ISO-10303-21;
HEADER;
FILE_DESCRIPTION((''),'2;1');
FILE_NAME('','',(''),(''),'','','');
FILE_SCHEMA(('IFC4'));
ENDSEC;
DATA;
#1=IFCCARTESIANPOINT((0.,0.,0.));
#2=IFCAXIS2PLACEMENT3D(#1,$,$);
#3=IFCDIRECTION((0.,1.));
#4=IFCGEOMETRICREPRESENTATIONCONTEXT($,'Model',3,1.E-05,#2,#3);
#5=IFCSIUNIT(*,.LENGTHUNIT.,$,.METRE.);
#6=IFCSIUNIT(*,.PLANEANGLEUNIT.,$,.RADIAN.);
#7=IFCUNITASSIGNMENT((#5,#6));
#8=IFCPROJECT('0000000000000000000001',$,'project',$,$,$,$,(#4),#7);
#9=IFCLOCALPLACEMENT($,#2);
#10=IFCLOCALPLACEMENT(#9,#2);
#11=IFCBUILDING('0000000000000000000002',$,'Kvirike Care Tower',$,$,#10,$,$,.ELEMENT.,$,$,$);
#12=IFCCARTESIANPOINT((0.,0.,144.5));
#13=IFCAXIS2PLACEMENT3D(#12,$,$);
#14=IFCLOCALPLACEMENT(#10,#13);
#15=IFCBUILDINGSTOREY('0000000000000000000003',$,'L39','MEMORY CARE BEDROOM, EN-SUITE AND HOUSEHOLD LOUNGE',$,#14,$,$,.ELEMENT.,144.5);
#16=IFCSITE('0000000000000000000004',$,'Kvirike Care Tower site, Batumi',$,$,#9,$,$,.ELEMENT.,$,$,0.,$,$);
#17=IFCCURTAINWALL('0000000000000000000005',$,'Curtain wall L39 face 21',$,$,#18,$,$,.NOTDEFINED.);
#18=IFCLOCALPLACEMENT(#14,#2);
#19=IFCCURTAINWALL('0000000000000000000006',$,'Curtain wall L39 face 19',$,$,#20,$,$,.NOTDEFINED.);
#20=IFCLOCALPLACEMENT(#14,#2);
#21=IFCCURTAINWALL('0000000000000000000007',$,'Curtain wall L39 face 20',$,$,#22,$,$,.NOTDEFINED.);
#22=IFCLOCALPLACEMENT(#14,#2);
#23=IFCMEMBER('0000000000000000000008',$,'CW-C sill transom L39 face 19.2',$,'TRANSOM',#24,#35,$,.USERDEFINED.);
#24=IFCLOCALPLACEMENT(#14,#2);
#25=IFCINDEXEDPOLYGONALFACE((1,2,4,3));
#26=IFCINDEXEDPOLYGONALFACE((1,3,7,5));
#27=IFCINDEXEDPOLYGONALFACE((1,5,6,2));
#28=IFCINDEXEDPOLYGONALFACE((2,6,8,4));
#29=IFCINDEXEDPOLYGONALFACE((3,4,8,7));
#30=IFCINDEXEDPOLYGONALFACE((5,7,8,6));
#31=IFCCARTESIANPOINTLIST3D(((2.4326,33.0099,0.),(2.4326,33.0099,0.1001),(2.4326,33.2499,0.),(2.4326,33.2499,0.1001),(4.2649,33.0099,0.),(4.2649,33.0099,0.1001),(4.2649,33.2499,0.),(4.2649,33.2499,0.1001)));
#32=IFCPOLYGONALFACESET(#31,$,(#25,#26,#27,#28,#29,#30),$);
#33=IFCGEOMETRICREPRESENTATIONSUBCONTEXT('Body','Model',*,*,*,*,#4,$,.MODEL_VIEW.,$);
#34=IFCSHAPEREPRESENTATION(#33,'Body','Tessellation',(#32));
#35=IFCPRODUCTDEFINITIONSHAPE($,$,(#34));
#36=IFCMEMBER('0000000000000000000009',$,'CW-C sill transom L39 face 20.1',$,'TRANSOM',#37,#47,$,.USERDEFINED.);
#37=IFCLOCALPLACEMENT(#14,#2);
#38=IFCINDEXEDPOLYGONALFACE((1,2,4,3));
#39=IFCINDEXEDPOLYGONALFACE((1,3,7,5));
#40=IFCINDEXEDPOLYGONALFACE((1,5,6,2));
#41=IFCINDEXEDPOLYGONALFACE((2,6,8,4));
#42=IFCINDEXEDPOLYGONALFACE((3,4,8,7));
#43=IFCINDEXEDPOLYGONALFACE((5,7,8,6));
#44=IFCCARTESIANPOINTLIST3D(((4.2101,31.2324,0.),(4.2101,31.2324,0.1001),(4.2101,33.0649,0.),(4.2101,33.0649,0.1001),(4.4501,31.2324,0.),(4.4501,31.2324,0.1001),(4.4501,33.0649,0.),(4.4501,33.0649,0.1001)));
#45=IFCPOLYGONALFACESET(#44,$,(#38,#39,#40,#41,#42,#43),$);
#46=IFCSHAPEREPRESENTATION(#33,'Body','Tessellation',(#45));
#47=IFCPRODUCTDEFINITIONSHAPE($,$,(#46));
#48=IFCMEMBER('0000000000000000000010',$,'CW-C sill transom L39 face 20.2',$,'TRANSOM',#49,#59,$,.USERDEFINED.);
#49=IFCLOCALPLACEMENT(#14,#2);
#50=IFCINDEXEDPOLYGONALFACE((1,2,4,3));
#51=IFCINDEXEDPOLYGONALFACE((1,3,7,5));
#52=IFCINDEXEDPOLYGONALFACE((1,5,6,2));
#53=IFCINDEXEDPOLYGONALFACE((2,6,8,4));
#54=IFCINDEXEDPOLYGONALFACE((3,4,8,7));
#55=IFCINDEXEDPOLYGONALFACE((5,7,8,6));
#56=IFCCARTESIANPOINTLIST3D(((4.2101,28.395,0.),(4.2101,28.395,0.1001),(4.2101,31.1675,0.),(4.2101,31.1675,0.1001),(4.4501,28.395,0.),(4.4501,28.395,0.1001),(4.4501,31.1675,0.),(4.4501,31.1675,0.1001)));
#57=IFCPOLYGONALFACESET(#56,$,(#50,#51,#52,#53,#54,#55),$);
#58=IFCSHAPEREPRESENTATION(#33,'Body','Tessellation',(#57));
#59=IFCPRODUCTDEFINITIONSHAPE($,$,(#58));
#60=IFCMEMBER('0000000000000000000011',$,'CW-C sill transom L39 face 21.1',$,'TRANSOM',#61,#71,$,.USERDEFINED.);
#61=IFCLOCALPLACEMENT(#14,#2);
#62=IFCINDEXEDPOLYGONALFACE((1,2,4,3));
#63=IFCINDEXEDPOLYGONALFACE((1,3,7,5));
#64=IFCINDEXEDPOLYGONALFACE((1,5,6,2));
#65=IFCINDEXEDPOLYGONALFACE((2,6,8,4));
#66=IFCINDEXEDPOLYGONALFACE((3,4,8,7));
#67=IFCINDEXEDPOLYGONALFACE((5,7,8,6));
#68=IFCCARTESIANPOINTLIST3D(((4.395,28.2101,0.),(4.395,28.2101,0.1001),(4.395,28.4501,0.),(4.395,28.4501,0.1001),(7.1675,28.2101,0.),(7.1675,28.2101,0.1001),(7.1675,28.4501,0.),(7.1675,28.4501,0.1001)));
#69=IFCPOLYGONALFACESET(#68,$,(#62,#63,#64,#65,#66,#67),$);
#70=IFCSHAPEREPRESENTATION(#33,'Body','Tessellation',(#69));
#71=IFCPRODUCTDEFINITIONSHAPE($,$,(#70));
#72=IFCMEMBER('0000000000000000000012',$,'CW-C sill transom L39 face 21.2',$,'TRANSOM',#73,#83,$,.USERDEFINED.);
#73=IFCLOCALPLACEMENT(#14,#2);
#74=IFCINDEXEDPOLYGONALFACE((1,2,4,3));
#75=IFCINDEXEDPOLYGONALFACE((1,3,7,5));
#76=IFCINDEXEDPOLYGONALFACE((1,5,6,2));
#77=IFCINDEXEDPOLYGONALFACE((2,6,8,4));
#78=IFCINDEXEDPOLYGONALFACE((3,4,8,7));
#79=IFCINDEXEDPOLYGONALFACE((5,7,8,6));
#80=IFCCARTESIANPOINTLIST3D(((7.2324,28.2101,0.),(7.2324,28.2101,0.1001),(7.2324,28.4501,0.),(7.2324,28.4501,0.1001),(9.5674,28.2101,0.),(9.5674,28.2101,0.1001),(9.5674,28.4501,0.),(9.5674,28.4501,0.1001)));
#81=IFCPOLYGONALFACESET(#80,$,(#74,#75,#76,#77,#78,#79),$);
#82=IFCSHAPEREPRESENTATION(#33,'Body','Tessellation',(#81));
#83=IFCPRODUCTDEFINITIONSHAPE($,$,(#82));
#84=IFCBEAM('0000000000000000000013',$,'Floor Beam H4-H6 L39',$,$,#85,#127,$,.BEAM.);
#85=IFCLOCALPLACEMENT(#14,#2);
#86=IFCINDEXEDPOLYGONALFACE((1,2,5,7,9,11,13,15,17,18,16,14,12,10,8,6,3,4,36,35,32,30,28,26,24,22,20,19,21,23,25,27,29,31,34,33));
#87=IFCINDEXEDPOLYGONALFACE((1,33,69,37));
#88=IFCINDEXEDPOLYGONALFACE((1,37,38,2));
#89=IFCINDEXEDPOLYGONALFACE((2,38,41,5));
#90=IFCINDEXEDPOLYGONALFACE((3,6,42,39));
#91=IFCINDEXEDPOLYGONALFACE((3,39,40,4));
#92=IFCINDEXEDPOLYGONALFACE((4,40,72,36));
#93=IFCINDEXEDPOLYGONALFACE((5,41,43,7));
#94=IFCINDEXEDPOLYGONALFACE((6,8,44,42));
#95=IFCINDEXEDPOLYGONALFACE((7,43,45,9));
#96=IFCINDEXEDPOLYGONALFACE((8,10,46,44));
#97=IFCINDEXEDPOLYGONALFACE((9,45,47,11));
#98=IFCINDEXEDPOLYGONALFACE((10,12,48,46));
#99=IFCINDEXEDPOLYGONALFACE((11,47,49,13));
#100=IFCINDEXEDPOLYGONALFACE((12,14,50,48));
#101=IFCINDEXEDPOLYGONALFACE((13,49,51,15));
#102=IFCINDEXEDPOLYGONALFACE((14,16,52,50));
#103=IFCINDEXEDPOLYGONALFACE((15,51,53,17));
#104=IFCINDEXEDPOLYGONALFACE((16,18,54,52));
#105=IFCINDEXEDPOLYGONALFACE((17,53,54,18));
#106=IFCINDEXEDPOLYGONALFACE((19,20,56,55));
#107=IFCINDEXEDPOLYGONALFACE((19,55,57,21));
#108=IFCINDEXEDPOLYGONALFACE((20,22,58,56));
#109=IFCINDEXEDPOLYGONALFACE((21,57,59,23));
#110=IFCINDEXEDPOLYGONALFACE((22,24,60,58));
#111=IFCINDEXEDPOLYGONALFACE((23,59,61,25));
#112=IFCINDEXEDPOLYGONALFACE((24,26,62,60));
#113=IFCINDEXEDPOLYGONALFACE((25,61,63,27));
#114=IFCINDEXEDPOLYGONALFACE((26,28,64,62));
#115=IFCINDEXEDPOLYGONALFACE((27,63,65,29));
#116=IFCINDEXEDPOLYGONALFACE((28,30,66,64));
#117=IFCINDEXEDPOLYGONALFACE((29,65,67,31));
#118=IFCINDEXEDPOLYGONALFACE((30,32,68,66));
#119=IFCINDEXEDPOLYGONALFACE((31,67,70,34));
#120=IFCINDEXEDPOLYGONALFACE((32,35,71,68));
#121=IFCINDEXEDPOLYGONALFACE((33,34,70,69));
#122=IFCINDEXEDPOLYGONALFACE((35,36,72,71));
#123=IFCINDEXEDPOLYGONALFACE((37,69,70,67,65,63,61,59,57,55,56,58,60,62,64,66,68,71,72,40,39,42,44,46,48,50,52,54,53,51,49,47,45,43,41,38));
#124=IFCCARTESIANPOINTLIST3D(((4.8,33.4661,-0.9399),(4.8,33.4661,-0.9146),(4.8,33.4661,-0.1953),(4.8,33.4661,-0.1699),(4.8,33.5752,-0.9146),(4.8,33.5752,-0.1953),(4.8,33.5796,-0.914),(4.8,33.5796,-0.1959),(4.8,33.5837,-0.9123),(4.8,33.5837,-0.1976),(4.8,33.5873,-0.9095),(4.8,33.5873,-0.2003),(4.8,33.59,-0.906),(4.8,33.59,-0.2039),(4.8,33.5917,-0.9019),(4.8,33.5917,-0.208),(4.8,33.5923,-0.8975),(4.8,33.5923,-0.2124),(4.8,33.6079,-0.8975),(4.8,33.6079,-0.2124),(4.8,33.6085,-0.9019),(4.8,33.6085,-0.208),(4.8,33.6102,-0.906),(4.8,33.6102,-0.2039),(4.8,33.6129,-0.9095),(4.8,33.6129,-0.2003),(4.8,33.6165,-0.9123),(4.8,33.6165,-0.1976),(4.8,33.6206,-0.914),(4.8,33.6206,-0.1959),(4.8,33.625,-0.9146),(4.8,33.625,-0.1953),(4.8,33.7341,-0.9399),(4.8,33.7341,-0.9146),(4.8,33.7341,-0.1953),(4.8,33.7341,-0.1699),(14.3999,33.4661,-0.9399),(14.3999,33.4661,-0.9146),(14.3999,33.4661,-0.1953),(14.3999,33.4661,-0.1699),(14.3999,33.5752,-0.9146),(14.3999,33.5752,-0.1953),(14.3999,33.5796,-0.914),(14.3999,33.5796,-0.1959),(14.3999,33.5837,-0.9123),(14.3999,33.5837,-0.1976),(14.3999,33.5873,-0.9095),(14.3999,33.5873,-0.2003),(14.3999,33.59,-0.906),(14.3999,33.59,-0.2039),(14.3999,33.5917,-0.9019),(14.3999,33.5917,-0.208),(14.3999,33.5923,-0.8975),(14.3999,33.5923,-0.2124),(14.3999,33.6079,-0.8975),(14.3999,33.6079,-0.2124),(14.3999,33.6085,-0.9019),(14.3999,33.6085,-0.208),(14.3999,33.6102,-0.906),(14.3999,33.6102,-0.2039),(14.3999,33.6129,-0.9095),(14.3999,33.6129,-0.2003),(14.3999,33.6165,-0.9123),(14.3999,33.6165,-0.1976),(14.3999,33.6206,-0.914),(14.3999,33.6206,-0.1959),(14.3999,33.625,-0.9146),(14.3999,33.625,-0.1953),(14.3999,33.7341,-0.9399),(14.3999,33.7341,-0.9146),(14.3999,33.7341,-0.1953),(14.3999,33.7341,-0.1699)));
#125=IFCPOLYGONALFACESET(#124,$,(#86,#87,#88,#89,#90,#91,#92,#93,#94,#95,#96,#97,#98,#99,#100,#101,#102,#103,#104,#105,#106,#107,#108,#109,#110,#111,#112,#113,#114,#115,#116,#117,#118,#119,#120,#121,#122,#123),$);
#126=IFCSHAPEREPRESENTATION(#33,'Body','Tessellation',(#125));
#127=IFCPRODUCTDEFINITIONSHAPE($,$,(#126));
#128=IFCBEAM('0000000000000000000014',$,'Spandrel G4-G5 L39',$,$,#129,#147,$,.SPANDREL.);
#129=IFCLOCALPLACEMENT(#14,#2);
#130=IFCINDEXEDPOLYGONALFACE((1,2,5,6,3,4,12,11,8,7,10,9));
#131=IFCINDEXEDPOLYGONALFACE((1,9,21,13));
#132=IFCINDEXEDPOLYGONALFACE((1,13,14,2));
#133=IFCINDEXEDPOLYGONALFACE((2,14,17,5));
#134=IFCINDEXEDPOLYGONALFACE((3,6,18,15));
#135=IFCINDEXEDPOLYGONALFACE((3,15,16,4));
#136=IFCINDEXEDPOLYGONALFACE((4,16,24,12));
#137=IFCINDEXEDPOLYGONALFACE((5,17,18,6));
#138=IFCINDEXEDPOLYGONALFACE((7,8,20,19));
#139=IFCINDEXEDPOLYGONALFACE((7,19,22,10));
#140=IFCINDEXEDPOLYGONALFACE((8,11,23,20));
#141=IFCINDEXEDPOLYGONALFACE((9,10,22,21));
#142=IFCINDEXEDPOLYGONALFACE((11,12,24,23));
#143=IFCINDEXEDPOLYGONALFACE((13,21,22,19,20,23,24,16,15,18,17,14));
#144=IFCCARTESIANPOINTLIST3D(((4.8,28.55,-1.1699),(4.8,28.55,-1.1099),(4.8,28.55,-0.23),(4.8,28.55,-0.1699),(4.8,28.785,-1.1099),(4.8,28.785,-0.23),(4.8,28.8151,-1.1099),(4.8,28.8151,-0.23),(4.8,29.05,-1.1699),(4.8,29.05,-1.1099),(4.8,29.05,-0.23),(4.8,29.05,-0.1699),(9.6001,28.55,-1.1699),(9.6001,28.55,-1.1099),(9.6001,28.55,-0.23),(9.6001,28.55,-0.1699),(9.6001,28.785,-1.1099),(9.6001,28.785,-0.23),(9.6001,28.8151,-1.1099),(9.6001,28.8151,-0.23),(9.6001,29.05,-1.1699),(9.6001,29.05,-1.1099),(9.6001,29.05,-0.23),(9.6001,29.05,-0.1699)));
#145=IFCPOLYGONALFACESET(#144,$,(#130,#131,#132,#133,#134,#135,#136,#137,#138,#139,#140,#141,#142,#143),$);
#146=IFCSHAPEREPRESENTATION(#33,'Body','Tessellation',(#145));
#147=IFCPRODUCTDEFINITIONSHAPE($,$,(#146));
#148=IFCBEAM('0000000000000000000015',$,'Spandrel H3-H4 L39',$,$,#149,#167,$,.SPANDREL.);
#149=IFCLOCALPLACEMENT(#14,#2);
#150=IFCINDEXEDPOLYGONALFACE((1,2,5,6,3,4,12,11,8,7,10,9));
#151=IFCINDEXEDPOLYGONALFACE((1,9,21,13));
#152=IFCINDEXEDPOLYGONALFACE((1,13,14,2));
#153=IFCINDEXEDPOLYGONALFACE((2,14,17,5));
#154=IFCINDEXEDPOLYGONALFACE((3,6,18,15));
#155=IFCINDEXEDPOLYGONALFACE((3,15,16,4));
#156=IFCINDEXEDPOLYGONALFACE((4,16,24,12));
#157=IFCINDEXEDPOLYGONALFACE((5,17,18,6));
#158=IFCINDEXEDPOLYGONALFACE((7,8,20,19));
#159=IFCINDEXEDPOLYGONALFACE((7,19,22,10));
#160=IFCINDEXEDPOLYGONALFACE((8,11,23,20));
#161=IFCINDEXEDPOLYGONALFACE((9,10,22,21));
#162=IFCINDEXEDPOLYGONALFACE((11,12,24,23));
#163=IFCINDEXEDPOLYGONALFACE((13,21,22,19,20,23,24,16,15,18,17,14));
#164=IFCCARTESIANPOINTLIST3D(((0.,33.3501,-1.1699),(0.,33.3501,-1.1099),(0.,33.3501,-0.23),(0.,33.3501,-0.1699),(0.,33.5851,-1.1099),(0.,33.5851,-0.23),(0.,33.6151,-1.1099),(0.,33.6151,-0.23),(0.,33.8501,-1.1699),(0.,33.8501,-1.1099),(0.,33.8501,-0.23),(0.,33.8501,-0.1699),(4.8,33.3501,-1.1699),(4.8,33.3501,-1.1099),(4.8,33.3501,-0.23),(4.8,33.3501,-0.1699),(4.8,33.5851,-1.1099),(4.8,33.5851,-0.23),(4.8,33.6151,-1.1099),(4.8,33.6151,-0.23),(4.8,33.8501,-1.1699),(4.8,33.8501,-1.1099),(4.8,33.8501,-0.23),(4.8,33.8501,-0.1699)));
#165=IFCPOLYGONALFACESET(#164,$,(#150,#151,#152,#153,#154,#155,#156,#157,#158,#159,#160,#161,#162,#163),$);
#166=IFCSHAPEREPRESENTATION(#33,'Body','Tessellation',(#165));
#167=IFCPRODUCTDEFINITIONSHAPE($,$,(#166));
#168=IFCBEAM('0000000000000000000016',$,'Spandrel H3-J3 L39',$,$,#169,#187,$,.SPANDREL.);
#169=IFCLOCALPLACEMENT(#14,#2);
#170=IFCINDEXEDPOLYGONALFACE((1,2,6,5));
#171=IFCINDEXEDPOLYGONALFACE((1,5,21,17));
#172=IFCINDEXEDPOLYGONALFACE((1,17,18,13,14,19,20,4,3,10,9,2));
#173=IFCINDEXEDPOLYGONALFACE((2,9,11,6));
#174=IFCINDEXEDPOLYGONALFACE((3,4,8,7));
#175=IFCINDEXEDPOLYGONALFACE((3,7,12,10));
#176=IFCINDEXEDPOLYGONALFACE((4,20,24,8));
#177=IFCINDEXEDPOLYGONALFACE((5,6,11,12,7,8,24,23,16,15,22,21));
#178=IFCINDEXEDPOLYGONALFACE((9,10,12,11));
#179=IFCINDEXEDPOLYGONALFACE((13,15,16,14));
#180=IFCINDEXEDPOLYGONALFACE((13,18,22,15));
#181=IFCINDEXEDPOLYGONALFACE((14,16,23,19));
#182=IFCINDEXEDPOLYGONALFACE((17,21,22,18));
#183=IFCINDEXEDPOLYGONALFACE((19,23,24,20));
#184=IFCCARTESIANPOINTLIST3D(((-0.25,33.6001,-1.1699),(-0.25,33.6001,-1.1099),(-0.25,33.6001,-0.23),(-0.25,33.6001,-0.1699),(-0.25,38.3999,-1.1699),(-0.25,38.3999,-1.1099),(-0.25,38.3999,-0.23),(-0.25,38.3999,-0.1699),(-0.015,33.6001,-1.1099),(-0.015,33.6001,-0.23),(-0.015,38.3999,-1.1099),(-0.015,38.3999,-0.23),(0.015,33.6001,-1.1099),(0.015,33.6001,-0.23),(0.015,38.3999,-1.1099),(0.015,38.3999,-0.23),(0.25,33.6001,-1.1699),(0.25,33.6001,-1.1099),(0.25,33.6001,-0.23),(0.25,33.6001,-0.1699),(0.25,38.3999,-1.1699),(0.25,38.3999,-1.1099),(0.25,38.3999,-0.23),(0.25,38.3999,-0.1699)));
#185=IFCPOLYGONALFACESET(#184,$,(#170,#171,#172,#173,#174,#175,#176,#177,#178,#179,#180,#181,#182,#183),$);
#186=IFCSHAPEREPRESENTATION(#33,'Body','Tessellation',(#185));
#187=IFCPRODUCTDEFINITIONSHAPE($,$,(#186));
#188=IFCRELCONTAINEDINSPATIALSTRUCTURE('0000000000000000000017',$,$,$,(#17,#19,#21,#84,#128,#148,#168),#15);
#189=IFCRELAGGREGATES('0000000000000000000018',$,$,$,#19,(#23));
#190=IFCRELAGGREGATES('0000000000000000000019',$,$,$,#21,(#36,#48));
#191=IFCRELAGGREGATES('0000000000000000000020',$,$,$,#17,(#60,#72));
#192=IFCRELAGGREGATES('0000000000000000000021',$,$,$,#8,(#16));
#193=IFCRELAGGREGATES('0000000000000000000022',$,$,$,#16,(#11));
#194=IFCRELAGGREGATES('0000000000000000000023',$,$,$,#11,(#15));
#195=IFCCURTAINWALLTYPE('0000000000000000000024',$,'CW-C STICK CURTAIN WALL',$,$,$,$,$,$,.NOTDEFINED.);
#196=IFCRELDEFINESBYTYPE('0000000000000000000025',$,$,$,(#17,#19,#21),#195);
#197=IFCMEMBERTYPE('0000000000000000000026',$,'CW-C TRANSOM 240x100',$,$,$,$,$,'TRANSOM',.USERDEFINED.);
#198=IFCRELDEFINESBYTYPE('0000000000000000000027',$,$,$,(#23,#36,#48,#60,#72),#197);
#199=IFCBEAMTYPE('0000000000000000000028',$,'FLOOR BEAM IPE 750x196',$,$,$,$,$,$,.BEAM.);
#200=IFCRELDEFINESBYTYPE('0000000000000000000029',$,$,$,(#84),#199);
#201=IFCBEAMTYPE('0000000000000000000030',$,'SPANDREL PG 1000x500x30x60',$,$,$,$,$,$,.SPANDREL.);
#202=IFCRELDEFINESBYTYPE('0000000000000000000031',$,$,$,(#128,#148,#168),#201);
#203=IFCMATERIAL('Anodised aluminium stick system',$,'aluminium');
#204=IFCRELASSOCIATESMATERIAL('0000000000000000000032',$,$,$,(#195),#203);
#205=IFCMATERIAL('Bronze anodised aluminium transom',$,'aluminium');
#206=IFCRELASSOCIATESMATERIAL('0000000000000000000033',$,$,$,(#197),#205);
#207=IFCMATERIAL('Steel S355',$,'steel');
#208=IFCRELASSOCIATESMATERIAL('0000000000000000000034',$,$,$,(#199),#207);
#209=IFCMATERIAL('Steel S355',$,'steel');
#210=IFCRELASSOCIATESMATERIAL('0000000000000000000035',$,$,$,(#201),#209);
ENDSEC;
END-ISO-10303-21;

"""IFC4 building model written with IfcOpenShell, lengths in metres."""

from ifc_helpers import new_model, si_unit, direction, frame, origin, origin_2d, place, context, subcontext, project, spatial, rectangle, i_section, extrude, material, material_profile, profile_set, type_object, element, aggregate, save


model = new_model("IFC4")

# Units and contexts
model_context = context("Model", 3, precision=1e-05, world=origin(), true_north=direction((0.0, 1.0)))
body_context = subcontext(model_context, "Body", "Model", "MODEL_VIEW")
ifc_project = project(units=[si_unit("LENGTHUNIT", "METRE"), si_unit("PLANEANGLEUNIT", "RADIAN")], contexts=[model_context])

# Site, building, storey
site_placement = place(None, origin())
site = spatial("IfcSite", under=ifc_project, at=site_placement, Name="Kvirike Care Tower site, Batumi", CompositionType="ELEMENT", RefElevation=0.0)
building_placement = place(site_placement, origin())
building = spatial("IfcBuilding", under=site, at=building_placement, Name="Kvirike Care Tower", CompositionType="ELEMENT")
storey_placement = place(building_placement, frame((0.0, 0.0, 144.5)))
storey = spatial("IfcBuildingStorey", under=building, at=storey_placement, Name="L39", Description="MEMORY CARE BEDROOM, EN-SUITE AND HOUSEHOLD LOUNGE", CompositionType="ELEMENT", Elevation=144.5)

# Curtain wall
ifc_material_1 = material(Name="Anodised aluminium stick system", Category="aluminium")
curtain_wall_type = type_object("IfcCurtainWallType", Name="CW-C STICK CURTAIN WALL", PredefinedType="NOTDEFINED", material=ifc_material_1)
curtain_wall_1_placement = place(storey_placement, origin())
curtain_wall_1 = element("IfcCurtainWall", 1, at=curtain_wall_1_placement, inside=storey, type_object=curtain_wall_type, Name="Curtain wall L39 face 21", PredefinedType="NOTDEFINED")

# Curtain walls
curtain_wall_2_placement = place(storey_placement, origin())
curtain_wall_2 = element("IfcCurtainWall", 2, at=curtain_wall_2_placement, inside=storey, type_object=curtain_wall_type, Name="Curtain wall L39 face 19", PredefinedType="NOTDEFINED")
curtain_wall_3_placement = place(storey_placement, origin())
curtain_wall_3 = element("IfcCurtainWall", 3, at=curtain_wall_3_placement, inside=storey, type_object=curtain_wall_type, Name="Curtain wall L39 face 20", PredefinedType="NOTDEFINED")

# Members
ifc_material_2 = material(Name="Bronze anodised aluminium transom", Category="aluminium")
ifc_material_profile_1 = material_profile(ifc_material_2, rectangle(XDim=0.24, YDim=0.1001, at=origin_2d()), Name="CW-C TRANSOM 240x100")
ifc_profile_set_1 = profile_set([ifc_material_profile_1], Name="Bronze anodised aluminium transom")
member_type_1 = type_object("IfcMemberType", Name="CW-C TRANSOM 240x100", ElementType="TRANSOM", PredefinedType="USERDEFINED", material=ifc_profile_set_1)
member_1_placement = place(storey_placement, frame((2.4326, 33.1299, 0.05), z_axis=(1.0, 0.0, 0.0), x_axis=(0.0, 1.0, 0.0)))
member_1 = element("IfcMember", 4, at=member_1_placement, type_object=member_type_1, Name="CW-C sill transom L39 face 19.2", ObjectType="TRANSOM", PredefinedType="USERDEFINED", context=body_context, shape_type="SweptSolid", body=[
    extrude(rectangle(XDim=0.24, YDim=0.1001, at=origin_2d()), origin(), (0.0, 0.0, 1.0), 1.8323),
])
member_2_placement = place(storey_placement, frame((4.3301, 33.0649, 0.05), z_axis=(0.0, -1.0, 0.0), x_axis=(1.0, 0.0, 0.0)))
member_2 = element("IfcMember", 5, at=member_2_placement, type_object=member_type_1, Name="CW-C sill transom L39 face 20.1", ObjectType="TRANSOM", PredefinedType="USERDEFINED", context=body_context, shape_type="SweptSolid", body=[
    extrude(rectangle(XDim=0.24, YDim=0.1001, at=origin_2d()), origin(), (0.0, 0.0, 1.0), 1.8325),
])
member_3_placement = place(storey_placement, frame((4.3301, 31.1675, 0.05), z_axis=(0.0, -1.0, 0.0), x_axis=(1.0, 0.0, 0.0)))
member_3 = element("IfcMember", 6, at=member_3_placement, type_object=member_type_1, Name="CW-C sill transom L39 face 20.2", ObjectType="TRANSOM", PredefinedType="USERDEFINED", context=body_context, shape_type="SweptSolid", body=[
    extrude(rectangle(XDim=0.24, YDim=0.1001, at=origin_2d()), origin(), (0.0, 0.0, 1.0), 2.7725),
])
member_4_placement = place(storey_placement, frame((4.395, 28.3301, 0.05), z_axis=(1.0, 0.0, 0.0), x_axis=(0.0, 1.0, 0.0)))
member_4 = element("IfcMember", 7, at=member_4_placement, type_object=member_type_1, Name="CW-C sill transom L39 face 21.1", ObjectType="TRANSOM", PredefinedType="USERDEFINED", context=body_context, shape_type="SweptSolid", body=[
    extrude(rectangle(XDim=0.24, YDim=0.1001, at=origin_2d()), origin(), (0.0, 0.0, 1.0), 2.7725),
])
member_5_placement = place(storey_placement, frame((7.2324, 28.3301, 0.05), z_axis=(1.0, 0.0, 0.0), x_axis=(0.0, 1.0, 0.0)))
member_5 = element("IfcMember", 8, at=member_5_placement, type_object=member_type_1, Name="CW-C sill transom L39 face 21.2", ObjectType="TRANSOM", PredefinedType="USERDEFINED", context=body_context, shape_type="SweptSolid", body=[
    extrude(rectangle(XDim=0.24, YDim=0.1001, at=origin_2d()), origin(), (0.0, 0.0, 1.0), 2.335),
])

# Beams
ifc_material_3 = material(Name="Steel S355", Category="steel")
ifc_material_profile_2 = material_profile(ifc_material_3, i_section(OverallWidth=0.2681, OverallDepth=0.77, WebThickness=0.0156, FlangeThickness=0.0254, FilletRadius=0.0171, at=origin_2d()), Name="IPE 750x196")
ifc_profile_set_2 = profile_set([ifc_material_profile_2], Name="Steel S355")
beam_type_1 = type_object("IfcBeamType", Name="FLOOR BEAM IPE 750x196", PredefinedType="BEAM", material=ifc_profile_set_2)
beam_1_placement = place(storey_placement, frame((4.8, 33.6001, -0.5549), z_axis=(1.0, 0.0, 0.0), x_axis=(0.0, 1.0, 0.0)))
element("IfcBeam", 9, at=beam_1_placement, inside=storey, type_object=beam_type_1, Name="Floor Beam H4-H6 L39", PredefinedType="BEAM", context=body_context, shape_type="SweptSolid", body=[
    extrude(i_section(OverallWidth=0.2681, OverallDepth=0.77, WebThickness=0.0156, FlangeThickness=0.0254, FilletRadius=0.0171, at=origin_2d()), origin(), (0.0, 0.0, 1.0), 9.5999),
])
ifc_material_4 = material(Name="Steel S355", Category="steel")
ifc_material_profile_3 = material_profile(ifc_material_4, i_section(OverallWidth=0.5, OverallDepth=1.0, WebThickness=0.03, FlangeThickness=0.0601, at=origin_2d()), Name="PG 1000x500x30x60")
ifc_profile_set_3 = profile_set([ifc_material_profile_3], Name="Steel S355")
beam_type_2 = type_object("IfcBeamType", Name="SPANDREL PG 1000x500x30x60", PredefinedType="SPANDREL", material=ifc_profile_set_3)
for number, where, z_axis, x_axis, name in (
    (10, (4.8, 28.8, -0.6699), (1.0, 0.0, 0.0), (0.0, 1.0, 0.0), "Spandrel G4-G5 L39"),
    (11, (0.0, 33.6001, -0.6699), (1.0, 0.0, 0.0), (0.0, 1.0, 0.0), "Spandrel H3-H4 L39"),
):
    element("IfcBeam", number, at=place(storey_placement, frame(where, z_axis=z_axis, x_axis=x_axis)), inside=storey, type_object=beam_type_2, Name=name, PredefinedType="SPANDREL", context=body_context, shape_type="SweptSolid", body=[
        extrude(i_section(OverallWidth=0.5, OverallDepth=1.0, WebThickness=0.03, FlangeThickness=0.0601, at=origin_2d()), origin(), (0.0, 0.0, 1.0), 4.8),
    ])
beam_2_placement = place(storey_placement, frame((0.0, 33.6001, -0.6699), z_axis=(0.0, 1.0, 0.0), x_axis=(-1.0, 0.0, 0.0)))
element("IfcBeam", 12, at=beam_2_placement, inside=storey, type_object=beam_type_2, Name="Spandrel H3-J3 L39", PredefinedType="SPANDREL", context=body_context, shape_type="SweptSolid", body=[
    extrude(i_section(OverallWidth=0.5, OverallDepth=1.0, WebThickness=0.03, FlangeThickness=0.0601, at=origin_2d()), origin(), (0.0, 0.0, 1.0), 4.7998),
])

aggregate(curtain_wall_2, [member_1])
aggregate(curtain_wall_3, [member_2, member_3])
aggregate(curtain_wall_1, [member_4, member_5])

save(model, "model.ifc")
